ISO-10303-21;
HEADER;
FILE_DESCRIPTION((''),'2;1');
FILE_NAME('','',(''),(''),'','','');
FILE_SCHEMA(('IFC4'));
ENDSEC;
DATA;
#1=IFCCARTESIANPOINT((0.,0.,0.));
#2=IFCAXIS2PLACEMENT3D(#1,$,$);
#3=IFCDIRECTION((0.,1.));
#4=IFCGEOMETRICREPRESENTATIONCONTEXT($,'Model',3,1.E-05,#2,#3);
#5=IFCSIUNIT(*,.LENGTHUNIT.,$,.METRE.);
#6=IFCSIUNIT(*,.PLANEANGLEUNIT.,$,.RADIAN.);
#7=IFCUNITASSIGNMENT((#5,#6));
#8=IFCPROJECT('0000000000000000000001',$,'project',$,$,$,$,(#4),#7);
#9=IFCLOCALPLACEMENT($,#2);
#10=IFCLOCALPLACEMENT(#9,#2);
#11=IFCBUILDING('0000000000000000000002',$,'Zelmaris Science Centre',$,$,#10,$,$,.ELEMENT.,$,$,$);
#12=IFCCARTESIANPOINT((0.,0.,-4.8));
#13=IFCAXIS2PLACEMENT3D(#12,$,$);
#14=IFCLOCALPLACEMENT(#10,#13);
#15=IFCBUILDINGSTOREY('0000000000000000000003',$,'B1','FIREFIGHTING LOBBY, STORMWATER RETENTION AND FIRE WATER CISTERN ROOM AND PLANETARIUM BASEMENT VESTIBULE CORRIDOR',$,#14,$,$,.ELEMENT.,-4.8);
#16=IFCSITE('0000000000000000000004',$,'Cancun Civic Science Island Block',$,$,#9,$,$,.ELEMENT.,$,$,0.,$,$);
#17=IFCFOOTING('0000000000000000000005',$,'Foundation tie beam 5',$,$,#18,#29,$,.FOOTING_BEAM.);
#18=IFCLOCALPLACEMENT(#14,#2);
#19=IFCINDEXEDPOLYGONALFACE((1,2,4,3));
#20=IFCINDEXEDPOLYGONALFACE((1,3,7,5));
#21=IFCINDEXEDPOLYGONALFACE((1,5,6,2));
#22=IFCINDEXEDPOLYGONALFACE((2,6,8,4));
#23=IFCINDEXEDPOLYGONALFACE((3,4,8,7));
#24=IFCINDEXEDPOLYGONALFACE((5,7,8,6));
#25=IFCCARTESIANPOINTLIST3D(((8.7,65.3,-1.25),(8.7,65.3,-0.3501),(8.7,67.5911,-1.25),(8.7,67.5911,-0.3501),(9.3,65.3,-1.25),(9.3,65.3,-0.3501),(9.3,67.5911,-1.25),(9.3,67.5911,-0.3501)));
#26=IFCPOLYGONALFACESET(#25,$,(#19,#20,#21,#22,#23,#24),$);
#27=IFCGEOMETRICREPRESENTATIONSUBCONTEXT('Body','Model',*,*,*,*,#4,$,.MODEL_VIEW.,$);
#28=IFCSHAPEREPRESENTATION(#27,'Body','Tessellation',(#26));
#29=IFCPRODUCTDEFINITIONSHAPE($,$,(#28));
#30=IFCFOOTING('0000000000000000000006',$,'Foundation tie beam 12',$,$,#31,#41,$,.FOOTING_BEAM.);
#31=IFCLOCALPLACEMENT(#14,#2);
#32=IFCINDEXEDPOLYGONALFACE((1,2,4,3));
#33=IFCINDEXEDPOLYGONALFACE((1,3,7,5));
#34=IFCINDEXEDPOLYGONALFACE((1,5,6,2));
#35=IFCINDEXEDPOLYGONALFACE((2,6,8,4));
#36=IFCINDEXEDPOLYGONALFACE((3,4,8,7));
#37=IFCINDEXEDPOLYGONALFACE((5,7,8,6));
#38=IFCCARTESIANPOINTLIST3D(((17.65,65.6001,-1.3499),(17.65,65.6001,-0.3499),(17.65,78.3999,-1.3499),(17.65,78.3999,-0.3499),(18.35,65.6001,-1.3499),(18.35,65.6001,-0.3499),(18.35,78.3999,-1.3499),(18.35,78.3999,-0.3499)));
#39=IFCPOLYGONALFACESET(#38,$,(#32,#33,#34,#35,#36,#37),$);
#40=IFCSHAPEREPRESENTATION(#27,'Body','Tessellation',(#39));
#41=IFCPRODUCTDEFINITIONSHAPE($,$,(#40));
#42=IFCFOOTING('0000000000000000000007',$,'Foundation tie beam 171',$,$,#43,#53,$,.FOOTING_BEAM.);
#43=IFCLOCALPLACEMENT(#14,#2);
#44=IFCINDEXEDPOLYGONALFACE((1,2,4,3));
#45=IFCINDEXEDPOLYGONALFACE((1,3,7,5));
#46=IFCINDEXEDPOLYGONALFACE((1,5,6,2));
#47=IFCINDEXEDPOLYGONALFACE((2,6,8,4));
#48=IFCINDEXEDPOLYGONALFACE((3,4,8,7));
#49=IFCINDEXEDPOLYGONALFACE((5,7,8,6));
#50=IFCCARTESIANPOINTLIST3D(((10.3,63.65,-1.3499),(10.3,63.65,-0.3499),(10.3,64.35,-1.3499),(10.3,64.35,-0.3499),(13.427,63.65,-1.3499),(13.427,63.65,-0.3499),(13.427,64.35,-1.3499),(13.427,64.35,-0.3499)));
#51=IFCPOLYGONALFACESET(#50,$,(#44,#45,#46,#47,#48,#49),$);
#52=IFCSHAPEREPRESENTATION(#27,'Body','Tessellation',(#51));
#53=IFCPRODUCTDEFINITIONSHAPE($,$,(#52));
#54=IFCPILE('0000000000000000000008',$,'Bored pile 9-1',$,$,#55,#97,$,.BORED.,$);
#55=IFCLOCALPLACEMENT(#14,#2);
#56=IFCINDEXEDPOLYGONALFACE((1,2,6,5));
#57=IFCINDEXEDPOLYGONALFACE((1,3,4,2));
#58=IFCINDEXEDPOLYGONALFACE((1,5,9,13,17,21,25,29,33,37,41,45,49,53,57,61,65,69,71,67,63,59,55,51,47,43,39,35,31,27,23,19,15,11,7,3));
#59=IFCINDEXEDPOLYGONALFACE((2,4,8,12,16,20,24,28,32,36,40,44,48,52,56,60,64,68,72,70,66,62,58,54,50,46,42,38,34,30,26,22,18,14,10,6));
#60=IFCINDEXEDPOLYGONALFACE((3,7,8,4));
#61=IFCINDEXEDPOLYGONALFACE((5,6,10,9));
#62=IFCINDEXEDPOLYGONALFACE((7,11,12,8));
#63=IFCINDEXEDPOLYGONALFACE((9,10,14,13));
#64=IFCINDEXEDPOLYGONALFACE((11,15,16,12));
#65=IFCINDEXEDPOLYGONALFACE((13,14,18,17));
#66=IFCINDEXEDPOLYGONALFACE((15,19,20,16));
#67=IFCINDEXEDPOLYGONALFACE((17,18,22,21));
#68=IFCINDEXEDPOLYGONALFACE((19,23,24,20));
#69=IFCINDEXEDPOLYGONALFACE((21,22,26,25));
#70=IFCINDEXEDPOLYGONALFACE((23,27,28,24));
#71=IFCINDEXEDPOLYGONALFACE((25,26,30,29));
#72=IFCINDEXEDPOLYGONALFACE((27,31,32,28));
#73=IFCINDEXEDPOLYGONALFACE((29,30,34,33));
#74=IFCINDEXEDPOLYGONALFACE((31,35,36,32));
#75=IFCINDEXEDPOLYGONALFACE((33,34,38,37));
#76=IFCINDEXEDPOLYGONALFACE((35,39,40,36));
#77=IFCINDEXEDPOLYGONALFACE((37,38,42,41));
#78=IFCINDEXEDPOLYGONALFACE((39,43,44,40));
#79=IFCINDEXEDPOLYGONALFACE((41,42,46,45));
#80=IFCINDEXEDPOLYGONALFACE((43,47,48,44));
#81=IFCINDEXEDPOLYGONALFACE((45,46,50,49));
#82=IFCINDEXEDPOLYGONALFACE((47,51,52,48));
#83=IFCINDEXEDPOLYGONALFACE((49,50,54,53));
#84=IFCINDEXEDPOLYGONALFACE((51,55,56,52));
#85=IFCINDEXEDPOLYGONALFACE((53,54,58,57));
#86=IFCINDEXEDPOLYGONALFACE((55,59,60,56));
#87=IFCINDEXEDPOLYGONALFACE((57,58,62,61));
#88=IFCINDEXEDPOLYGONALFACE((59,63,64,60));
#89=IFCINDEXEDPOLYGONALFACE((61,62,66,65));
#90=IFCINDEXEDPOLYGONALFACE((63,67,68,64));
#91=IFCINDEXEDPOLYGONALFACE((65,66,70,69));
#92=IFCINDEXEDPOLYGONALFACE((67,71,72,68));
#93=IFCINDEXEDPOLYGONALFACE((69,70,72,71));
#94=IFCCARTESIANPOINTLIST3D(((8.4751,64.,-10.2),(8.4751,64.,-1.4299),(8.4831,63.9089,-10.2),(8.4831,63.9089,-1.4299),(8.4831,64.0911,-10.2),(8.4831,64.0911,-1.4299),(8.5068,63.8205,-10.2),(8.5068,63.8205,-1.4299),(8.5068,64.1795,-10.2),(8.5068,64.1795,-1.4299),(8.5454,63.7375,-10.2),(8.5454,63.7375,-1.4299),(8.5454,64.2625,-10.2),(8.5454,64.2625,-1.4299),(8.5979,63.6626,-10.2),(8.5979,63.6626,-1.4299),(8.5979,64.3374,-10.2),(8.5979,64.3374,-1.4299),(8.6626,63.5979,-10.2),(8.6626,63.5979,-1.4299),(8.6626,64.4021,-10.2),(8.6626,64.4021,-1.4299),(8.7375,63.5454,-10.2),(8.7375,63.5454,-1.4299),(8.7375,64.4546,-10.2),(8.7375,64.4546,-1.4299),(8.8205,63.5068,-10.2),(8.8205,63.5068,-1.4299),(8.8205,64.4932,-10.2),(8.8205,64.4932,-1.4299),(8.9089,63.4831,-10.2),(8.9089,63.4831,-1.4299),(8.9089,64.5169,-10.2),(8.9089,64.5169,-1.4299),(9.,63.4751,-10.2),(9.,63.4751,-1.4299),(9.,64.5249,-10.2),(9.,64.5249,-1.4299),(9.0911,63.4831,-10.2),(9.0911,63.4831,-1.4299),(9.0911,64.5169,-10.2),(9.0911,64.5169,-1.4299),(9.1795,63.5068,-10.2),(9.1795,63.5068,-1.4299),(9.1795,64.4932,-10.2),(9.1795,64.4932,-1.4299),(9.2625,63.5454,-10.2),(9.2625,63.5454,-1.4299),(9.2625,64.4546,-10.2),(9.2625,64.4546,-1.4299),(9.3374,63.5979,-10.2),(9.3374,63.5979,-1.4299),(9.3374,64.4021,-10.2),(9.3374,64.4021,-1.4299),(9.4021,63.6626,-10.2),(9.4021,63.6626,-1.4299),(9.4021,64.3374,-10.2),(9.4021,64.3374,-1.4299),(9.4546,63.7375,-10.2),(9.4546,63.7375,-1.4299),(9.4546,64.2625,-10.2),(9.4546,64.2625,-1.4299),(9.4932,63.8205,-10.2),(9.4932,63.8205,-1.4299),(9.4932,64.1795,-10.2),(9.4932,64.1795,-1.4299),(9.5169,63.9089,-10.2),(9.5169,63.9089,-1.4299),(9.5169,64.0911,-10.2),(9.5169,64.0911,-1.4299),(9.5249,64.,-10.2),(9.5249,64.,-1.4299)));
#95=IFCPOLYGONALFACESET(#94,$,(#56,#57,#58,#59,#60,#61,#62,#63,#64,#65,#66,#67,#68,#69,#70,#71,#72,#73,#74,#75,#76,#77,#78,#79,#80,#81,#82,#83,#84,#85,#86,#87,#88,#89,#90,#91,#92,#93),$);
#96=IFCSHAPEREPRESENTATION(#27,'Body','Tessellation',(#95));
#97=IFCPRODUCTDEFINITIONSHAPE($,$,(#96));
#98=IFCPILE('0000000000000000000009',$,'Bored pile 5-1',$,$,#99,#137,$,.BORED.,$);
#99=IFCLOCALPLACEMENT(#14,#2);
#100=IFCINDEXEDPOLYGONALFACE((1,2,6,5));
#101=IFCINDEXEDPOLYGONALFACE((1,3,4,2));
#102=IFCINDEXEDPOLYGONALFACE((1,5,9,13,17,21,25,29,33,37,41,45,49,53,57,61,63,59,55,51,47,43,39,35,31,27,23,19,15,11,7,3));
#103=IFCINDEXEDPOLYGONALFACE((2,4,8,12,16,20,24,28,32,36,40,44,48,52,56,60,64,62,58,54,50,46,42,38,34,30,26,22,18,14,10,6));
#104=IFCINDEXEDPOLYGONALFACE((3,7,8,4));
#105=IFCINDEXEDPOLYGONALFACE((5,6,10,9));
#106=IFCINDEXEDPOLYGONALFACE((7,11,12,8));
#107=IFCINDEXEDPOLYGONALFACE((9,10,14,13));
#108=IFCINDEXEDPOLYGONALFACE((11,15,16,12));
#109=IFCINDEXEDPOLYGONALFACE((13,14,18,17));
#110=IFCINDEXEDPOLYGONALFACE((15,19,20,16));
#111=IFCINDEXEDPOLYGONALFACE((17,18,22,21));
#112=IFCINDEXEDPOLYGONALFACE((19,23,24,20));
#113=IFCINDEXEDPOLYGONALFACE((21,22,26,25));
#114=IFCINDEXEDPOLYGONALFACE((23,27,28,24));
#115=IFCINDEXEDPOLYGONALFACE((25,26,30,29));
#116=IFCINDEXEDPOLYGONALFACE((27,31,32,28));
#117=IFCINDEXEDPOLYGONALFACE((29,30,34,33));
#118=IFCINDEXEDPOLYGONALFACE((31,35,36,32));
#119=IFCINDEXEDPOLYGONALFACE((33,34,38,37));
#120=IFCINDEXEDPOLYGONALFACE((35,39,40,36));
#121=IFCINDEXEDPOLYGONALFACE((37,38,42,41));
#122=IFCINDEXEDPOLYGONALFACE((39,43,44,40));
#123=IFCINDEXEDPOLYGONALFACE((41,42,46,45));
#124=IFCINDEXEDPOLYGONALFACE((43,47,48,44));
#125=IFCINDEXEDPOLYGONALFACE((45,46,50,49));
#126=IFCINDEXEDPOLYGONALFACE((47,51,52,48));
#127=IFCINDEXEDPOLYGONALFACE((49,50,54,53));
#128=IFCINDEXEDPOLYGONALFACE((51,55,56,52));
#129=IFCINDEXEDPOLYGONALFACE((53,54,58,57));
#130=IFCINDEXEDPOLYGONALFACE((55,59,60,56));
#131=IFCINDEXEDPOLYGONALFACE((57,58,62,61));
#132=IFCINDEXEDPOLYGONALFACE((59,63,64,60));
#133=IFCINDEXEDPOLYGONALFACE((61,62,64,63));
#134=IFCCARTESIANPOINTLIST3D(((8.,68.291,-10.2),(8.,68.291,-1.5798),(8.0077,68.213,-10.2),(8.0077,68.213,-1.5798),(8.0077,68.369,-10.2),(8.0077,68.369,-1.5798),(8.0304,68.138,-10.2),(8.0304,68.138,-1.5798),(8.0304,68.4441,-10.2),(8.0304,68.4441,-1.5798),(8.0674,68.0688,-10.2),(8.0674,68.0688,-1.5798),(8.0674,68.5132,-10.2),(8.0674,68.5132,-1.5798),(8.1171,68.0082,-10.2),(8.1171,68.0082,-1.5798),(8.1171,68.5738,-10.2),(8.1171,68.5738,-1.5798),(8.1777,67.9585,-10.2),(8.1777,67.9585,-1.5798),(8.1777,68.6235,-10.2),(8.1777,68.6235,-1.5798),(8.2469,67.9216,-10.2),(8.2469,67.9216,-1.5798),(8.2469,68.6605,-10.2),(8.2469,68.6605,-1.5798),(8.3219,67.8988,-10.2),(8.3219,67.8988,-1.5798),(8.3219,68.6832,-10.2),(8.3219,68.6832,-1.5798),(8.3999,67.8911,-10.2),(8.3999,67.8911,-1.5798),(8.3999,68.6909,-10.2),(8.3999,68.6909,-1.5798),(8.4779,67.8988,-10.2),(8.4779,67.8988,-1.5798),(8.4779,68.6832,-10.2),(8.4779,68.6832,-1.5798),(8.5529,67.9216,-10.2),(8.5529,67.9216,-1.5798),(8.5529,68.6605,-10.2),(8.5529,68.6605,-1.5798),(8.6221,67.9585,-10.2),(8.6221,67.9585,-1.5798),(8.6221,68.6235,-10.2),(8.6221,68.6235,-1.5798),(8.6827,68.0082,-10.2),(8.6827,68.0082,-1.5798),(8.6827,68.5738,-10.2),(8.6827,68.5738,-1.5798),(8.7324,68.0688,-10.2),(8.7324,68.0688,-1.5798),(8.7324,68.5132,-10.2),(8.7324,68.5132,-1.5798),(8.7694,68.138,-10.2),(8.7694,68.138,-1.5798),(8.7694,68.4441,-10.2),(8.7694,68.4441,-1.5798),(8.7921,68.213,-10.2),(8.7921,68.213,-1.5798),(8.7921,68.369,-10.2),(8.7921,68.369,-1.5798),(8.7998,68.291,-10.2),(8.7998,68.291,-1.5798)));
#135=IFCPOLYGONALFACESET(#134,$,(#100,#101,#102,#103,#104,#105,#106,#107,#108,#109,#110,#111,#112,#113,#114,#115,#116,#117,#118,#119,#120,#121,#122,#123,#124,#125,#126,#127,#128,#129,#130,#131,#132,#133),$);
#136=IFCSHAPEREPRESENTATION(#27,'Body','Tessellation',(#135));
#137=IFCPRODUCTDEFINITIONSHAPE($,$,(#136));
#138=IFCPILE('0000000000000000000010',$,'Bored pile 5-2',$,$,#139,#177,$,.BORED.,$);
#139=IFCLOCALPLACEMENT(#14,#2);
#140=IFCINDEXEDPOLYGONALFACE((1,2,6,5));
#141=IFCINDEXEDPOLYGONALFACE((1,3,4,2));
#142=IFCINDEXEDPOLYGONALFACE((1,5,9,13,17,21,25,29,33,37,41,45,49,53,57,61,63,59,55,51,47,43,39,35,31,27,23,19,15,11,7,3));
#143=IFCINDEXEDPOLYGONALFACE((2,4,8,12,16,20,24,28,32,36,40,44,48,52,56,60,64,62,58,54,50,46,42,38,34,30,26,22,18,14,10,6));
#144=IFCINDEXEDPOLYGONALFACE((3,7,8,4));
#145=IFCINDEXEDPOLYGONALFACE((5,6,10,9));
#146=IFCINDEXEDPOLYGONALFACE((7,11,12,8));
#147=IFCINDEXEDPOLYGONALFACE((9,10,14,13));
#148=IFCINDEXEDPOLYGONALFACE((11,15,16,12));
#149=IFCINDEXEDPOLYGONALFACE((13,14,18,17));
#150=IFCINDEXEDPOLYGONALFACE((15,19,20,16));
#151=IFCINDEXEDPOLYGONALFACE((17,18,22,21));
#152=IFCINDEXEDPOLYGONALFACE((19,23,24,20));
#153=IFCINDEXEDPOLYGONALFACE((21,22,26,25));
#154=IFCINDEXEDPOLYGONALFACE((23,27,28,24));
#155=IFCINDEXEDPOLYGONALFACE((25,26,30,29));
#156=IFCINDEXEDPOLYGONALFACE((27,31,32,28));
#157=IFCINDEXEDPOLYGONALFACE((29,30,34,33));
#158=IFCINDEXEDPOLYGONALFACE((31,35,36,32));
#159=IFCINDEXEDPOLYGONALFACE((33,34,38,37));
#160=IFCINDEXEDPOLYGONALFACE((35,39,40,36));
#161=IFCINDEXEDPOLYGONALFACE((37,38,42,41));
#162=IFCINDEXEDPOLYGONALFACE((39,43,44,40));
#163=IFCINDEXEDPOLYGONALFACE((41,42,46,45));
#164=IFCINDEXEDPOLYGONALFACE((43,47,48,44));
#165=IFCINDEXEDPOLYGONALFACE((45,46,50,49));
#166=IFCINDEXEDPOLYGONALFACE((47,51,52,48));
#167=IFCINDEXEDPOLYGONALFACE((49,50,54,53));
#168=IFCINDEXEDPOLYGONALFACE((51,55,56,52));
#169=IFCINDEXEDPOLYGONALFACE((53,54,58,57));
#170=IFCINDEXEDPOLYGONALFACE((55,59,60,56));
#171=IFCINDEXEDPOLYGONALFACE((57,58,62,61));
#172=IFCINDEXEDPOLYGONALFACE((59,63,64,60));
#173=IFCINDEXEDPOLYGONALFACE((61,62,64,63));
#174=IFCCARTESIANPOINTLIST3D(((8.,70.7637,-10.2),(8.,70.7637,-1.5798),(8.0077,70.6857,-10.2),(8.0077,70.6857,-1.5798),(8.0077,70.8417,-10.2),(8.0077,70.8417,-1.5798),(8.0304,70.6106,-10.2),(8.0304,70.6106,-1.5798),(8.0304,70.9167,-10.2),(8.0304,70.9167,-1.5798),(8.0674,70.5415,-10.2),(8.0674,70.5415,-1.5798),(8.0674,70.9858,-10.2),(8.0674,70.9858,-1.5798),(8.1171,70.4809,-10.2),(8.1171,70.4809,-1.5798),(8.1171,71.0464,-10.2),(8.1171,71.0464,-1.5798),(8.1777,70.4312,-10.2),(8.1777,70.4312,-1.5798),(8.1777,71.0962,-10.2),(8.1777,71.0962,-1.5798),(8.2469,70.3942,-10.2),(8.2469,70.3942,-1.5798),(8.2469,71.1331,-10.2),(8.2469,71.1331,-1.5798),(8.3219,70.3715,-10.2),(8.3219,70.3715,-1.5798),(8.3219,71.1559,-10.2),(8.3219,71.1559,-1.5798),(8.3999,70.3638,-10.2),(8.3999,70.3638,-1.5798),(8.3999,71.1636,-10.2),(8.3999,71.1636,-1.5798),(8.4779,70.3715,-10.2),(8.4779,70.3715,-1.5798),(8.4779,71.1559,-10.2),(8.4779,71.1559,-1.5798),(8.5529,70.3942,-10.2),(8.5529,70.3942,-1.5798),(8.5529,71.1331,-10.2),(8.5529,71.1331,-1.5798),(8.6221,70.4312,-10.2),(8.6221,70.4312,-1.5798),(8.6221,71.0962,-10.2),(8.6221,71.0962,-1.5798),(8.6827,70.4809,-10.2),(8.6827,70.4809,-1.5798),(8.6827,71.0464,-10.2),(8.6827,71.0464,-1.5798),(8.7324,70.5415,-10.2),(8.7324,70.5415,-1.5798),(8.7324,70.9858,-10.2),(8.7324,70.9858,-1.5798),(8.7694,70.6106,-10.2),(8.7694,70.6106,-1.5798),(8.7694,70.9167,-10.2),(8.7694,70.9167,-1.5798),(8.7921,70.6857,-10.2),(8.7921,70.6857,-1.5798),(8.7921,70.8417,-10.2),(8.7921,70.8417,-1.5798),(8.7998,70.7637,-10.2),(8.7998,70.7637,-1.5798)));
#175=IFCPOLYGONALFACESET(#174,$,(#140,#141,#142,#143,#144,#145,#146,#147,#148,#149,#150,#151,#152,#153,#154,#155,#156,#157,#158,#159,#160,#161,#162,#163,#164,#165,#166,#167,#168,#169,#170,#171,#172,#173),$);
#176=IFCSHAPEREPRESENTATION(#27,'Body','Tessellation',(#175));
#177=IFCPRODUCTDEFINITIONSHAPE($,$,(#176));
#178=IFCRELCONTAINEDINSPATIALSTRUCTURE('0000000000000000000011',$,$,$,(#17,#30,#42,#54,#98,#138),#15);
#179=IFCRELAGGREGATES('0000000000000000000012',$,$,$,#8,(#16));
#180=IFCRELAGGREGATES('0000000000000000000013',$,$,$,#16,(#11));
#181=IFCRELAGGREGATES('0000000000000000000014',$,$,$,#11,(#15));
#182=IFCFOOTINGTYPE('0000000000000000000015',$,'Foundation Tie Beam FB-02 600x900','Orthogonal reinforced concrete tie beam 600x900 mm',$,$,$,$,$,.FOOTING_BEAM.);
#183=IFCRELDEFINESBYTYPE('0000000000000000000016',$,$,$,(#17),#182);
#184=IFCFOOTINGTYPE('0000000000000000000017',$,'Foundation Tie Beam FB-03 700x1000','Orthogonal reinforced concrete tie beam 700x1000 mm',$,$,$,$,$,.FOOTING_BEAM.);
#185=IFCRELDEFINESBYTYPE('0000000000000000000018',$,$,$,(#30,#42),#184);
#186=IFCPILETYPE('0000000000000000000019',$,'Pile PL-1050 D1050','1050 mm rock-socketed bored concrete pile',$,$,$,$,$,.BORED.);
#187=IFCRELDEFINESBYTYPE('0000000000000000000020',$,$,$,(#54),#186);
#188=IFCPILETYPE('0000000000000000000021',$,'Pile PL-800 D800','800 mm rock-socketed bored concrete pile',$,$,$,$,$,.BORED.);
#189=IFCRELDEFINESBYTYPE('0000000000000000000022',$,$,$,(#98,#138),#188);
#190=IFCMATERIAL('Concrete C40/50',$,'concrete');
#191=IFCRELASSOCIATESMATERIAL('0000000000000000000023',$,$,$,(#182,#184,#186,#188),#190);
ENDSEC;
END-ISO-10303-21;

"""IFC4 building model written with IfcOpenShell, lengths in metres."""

from ifc_helpers import new_model, si_unit, direction, frame, origin, origin_2d, place, context, subcontext, project, spatial, rectangle, circle, extrude, material, material_profile, profile_set, type_object, element, save


model = new_model("IFC4")

# Units and contexts
model_context = context("Model", 3, precision=1e-05, world=origin(), true_north=direction((0.0, 1.0)))
body_context = subcontext(model_context, "Body", "Model", "MODEL_VIEW")
ifc_project = project(units=[si_unit("LENGTHUNIT", "METRE"), si_unit("PLANEANGLEUNIT", "RADIAN")], contexts=[model_context])

# Site, building, storey
site_placement = place(None, origin())
site = spatial("IfcSite", under=ifc_project, at=site_placement, Name="Cancun Civic Science Island Block", CompositionType="ELEMENT", RefElevation=0.0)
building_placement = place(site_placement, origin())
building = spatial("IfcBuilding", under=site, at=building_placement, Name="Zelmaris Science Centre", CompositionType="ELEMENT")
storey_placement = place(building_placement, frame((0.0, 0.0, -4.8)))
storey = spatial("IfcBuildingStorey", under=building, at=storey_placement, Name="B1", Description="FIREFIGHTING LOBBY, STORMWATER RETENTION AND FIRE WATER CISTERN ROOM AND PLANETARIUM BASEMENT VESTIBULE CORRIDOR", CompositionType="ELEMENT", Elevation=-4.8)

# Footings
ifc_material_1 = material(Name="Concrete C40/50", Category="concrete")
ifc_material_profile_1 = material_profile(ifc_material_1, rectangle(XDim=0.6001, YDim=0.8999, at=origin_2d()), Name="FB-600X900")
ifc_profile_set_1 = profile_set([ifc_material_profile_1], Name="Concrete C40/50")
footing_type_1 = type_object("IfcFootingType", Name="Foundation Tie Beam FB-02 600x900", Description="Orthogonal reinforced concrete tie beam 600x900 mm", PredefinedType="FOOTING_BEAM", material=ifc_profile_set_1)
footing_1_placement = place(storey_placement, frame((9.0, 65.3, -0.8), z_axis=(0.0, 1.0, 0.0), x_axis=(-1.0, 0.0, 0.0)))
element("IfcFooting", 1, at=footing_1_placement, inside=storey, type_object=footing_type_1, Name="Foundation tie beam 5", PredefinedType="FOOTING_BEAM", context=body_context, shape_type="SweptSolid", body=[
    extrude(rectangle(XDim=0.6001, YDim=0.8999, at=origin_2d()), origin(), (0.0, 0.0, 1.0), 2.291),
])
ifc_material_profile_2 = material_profile(ifc_material_1, rectangle(XDim=0.7, YDim=1.0, at=origin_2d()), Name="FB-700X1000")
ifc_profile_set_2 = profile_set([ifc_material_profile_2], Name="Concrete C40/50")
footing_type_2 = type_object("IfcFootingType", Name="Foundation Tie Beam FB-03 700x1000", Description="Orthogonal reinforced concrete tie beam 700x1000 mm", PredefinedType="FOOTING_BEAM", material=ifc_profile_set_2)
footing_2_placement = place(storey_placement, frame((18.0, 65.6001, -0.8499), z_axis=(0.0, 1.0, 0.0), x_axis=(-1.0, 0.0, 0.0)))
element("IfcFooting", 2, at=footing_2_placement, inside=storey, type_object=footing_type_2, Name="Foundation tie beam 12", PredefinedType="FOOTING_BEAM", context=body_context, shape_type="SweptSolid", body=[
    extrude(rectangle(XDim=0.7, YDim=1.0, at=origin_2d()), origin(), (0.0, 0.0, 1.0), 12.7998),
])
footing_3_placement = place(storey_placement, frame((10.3, 64.0, -0.8499), z_axis=(1.0, 0.0, 0.0), x_axis=(0.0, 1.0, 0.0)))
element("IfcFooting", 3, at=footing_3_placement, inside=storey, type_object=footing_type_2, Name="Foundation tie beam 171", PredefinedType="FOOTING_BEAM", context=body_context, shape_type="SweptSolid", body=[
    extrude(rectangle(XDim=0.7, YDim=1.0, at=origin_2d()), origin(), (0.0, 0.0, 1.0), 3.127),
])

# Piles
ifc_material_profile_3 = material_profile(ifc_material_1, circle(Radius=0.5249, at=origin_2d()), Name="PILE-1050")
ifc_profile_set_3 = profile_set([ifc_material_profile_3], Name="Concrete C40/50")
pile_type_1 = type_object("IfcPileType", Name="Pile PL-1050 D1050", Description="1050 mm rock-socketed bored concrete pile", PredefinedType="BORED", material=ifc_profile_set_3)
pile_placement = place(storey_placement, frame((9.0, 64.0, -1.4299), z_axis=(0.0, 0.0, -1.0), x_axis=(1.0, 0.0, 0.0)))
element("IfcPile", 4, at=pile_placement, inside=storey, type_object=pile_type_1, Name="Bored pile 9-1", PredefinedType="BORED", context=body_context, shape_type="SweptSolid", body=[
    extrude(circle(Radius=0.5249, at=origin_2d()), origin(), (0.0, 0.0, 1.0), 8.77),
])
ifc_material_profile_4 = material_profile(ifc_material_1, circle(Radius=0.3999, at=origin_2d()), Name="PILE-800")
ifc_profile_set_4 = profile_set([ifc_material_profile_4], Name="Concrete C40/50")
pile_type_2 = type_object("IfcPileType", Name="Pile PL-800 D800", Description="800 mm rock-socketed bored concrete pile", PredefinedType="BORED", material=ifc_profile_set_4)
for number, where, z_axis, x_axis, name in (
    (5, (8.3999, 68.291, -1.5798), (0.0, 0.0, -1.0), (1.0, 0.0, 0.0), "Bored pile 5-1"),
    (6, (8.3999, 70.7637, -1.5798), (0.0, 0.0, -1.0), (1.0, 0.0, 0.0), "Bored pile 5-2"),
):
    element("IfcPile", number, at=place(storey_placement, frame(where, z_axis=z_axis, x_axis=x_axis)), inside=storey, type_object=pile_type_2, Name=name, PredefinedType="BORED", context=body_context, shape_type="SweptSolid", body=[
        extrude(circle(Radius=0.3999, at=origin_2d()), origin(), (0.0, 0.0, 1.0), 8.6201),
    ])

save(model, "model.ifc")
